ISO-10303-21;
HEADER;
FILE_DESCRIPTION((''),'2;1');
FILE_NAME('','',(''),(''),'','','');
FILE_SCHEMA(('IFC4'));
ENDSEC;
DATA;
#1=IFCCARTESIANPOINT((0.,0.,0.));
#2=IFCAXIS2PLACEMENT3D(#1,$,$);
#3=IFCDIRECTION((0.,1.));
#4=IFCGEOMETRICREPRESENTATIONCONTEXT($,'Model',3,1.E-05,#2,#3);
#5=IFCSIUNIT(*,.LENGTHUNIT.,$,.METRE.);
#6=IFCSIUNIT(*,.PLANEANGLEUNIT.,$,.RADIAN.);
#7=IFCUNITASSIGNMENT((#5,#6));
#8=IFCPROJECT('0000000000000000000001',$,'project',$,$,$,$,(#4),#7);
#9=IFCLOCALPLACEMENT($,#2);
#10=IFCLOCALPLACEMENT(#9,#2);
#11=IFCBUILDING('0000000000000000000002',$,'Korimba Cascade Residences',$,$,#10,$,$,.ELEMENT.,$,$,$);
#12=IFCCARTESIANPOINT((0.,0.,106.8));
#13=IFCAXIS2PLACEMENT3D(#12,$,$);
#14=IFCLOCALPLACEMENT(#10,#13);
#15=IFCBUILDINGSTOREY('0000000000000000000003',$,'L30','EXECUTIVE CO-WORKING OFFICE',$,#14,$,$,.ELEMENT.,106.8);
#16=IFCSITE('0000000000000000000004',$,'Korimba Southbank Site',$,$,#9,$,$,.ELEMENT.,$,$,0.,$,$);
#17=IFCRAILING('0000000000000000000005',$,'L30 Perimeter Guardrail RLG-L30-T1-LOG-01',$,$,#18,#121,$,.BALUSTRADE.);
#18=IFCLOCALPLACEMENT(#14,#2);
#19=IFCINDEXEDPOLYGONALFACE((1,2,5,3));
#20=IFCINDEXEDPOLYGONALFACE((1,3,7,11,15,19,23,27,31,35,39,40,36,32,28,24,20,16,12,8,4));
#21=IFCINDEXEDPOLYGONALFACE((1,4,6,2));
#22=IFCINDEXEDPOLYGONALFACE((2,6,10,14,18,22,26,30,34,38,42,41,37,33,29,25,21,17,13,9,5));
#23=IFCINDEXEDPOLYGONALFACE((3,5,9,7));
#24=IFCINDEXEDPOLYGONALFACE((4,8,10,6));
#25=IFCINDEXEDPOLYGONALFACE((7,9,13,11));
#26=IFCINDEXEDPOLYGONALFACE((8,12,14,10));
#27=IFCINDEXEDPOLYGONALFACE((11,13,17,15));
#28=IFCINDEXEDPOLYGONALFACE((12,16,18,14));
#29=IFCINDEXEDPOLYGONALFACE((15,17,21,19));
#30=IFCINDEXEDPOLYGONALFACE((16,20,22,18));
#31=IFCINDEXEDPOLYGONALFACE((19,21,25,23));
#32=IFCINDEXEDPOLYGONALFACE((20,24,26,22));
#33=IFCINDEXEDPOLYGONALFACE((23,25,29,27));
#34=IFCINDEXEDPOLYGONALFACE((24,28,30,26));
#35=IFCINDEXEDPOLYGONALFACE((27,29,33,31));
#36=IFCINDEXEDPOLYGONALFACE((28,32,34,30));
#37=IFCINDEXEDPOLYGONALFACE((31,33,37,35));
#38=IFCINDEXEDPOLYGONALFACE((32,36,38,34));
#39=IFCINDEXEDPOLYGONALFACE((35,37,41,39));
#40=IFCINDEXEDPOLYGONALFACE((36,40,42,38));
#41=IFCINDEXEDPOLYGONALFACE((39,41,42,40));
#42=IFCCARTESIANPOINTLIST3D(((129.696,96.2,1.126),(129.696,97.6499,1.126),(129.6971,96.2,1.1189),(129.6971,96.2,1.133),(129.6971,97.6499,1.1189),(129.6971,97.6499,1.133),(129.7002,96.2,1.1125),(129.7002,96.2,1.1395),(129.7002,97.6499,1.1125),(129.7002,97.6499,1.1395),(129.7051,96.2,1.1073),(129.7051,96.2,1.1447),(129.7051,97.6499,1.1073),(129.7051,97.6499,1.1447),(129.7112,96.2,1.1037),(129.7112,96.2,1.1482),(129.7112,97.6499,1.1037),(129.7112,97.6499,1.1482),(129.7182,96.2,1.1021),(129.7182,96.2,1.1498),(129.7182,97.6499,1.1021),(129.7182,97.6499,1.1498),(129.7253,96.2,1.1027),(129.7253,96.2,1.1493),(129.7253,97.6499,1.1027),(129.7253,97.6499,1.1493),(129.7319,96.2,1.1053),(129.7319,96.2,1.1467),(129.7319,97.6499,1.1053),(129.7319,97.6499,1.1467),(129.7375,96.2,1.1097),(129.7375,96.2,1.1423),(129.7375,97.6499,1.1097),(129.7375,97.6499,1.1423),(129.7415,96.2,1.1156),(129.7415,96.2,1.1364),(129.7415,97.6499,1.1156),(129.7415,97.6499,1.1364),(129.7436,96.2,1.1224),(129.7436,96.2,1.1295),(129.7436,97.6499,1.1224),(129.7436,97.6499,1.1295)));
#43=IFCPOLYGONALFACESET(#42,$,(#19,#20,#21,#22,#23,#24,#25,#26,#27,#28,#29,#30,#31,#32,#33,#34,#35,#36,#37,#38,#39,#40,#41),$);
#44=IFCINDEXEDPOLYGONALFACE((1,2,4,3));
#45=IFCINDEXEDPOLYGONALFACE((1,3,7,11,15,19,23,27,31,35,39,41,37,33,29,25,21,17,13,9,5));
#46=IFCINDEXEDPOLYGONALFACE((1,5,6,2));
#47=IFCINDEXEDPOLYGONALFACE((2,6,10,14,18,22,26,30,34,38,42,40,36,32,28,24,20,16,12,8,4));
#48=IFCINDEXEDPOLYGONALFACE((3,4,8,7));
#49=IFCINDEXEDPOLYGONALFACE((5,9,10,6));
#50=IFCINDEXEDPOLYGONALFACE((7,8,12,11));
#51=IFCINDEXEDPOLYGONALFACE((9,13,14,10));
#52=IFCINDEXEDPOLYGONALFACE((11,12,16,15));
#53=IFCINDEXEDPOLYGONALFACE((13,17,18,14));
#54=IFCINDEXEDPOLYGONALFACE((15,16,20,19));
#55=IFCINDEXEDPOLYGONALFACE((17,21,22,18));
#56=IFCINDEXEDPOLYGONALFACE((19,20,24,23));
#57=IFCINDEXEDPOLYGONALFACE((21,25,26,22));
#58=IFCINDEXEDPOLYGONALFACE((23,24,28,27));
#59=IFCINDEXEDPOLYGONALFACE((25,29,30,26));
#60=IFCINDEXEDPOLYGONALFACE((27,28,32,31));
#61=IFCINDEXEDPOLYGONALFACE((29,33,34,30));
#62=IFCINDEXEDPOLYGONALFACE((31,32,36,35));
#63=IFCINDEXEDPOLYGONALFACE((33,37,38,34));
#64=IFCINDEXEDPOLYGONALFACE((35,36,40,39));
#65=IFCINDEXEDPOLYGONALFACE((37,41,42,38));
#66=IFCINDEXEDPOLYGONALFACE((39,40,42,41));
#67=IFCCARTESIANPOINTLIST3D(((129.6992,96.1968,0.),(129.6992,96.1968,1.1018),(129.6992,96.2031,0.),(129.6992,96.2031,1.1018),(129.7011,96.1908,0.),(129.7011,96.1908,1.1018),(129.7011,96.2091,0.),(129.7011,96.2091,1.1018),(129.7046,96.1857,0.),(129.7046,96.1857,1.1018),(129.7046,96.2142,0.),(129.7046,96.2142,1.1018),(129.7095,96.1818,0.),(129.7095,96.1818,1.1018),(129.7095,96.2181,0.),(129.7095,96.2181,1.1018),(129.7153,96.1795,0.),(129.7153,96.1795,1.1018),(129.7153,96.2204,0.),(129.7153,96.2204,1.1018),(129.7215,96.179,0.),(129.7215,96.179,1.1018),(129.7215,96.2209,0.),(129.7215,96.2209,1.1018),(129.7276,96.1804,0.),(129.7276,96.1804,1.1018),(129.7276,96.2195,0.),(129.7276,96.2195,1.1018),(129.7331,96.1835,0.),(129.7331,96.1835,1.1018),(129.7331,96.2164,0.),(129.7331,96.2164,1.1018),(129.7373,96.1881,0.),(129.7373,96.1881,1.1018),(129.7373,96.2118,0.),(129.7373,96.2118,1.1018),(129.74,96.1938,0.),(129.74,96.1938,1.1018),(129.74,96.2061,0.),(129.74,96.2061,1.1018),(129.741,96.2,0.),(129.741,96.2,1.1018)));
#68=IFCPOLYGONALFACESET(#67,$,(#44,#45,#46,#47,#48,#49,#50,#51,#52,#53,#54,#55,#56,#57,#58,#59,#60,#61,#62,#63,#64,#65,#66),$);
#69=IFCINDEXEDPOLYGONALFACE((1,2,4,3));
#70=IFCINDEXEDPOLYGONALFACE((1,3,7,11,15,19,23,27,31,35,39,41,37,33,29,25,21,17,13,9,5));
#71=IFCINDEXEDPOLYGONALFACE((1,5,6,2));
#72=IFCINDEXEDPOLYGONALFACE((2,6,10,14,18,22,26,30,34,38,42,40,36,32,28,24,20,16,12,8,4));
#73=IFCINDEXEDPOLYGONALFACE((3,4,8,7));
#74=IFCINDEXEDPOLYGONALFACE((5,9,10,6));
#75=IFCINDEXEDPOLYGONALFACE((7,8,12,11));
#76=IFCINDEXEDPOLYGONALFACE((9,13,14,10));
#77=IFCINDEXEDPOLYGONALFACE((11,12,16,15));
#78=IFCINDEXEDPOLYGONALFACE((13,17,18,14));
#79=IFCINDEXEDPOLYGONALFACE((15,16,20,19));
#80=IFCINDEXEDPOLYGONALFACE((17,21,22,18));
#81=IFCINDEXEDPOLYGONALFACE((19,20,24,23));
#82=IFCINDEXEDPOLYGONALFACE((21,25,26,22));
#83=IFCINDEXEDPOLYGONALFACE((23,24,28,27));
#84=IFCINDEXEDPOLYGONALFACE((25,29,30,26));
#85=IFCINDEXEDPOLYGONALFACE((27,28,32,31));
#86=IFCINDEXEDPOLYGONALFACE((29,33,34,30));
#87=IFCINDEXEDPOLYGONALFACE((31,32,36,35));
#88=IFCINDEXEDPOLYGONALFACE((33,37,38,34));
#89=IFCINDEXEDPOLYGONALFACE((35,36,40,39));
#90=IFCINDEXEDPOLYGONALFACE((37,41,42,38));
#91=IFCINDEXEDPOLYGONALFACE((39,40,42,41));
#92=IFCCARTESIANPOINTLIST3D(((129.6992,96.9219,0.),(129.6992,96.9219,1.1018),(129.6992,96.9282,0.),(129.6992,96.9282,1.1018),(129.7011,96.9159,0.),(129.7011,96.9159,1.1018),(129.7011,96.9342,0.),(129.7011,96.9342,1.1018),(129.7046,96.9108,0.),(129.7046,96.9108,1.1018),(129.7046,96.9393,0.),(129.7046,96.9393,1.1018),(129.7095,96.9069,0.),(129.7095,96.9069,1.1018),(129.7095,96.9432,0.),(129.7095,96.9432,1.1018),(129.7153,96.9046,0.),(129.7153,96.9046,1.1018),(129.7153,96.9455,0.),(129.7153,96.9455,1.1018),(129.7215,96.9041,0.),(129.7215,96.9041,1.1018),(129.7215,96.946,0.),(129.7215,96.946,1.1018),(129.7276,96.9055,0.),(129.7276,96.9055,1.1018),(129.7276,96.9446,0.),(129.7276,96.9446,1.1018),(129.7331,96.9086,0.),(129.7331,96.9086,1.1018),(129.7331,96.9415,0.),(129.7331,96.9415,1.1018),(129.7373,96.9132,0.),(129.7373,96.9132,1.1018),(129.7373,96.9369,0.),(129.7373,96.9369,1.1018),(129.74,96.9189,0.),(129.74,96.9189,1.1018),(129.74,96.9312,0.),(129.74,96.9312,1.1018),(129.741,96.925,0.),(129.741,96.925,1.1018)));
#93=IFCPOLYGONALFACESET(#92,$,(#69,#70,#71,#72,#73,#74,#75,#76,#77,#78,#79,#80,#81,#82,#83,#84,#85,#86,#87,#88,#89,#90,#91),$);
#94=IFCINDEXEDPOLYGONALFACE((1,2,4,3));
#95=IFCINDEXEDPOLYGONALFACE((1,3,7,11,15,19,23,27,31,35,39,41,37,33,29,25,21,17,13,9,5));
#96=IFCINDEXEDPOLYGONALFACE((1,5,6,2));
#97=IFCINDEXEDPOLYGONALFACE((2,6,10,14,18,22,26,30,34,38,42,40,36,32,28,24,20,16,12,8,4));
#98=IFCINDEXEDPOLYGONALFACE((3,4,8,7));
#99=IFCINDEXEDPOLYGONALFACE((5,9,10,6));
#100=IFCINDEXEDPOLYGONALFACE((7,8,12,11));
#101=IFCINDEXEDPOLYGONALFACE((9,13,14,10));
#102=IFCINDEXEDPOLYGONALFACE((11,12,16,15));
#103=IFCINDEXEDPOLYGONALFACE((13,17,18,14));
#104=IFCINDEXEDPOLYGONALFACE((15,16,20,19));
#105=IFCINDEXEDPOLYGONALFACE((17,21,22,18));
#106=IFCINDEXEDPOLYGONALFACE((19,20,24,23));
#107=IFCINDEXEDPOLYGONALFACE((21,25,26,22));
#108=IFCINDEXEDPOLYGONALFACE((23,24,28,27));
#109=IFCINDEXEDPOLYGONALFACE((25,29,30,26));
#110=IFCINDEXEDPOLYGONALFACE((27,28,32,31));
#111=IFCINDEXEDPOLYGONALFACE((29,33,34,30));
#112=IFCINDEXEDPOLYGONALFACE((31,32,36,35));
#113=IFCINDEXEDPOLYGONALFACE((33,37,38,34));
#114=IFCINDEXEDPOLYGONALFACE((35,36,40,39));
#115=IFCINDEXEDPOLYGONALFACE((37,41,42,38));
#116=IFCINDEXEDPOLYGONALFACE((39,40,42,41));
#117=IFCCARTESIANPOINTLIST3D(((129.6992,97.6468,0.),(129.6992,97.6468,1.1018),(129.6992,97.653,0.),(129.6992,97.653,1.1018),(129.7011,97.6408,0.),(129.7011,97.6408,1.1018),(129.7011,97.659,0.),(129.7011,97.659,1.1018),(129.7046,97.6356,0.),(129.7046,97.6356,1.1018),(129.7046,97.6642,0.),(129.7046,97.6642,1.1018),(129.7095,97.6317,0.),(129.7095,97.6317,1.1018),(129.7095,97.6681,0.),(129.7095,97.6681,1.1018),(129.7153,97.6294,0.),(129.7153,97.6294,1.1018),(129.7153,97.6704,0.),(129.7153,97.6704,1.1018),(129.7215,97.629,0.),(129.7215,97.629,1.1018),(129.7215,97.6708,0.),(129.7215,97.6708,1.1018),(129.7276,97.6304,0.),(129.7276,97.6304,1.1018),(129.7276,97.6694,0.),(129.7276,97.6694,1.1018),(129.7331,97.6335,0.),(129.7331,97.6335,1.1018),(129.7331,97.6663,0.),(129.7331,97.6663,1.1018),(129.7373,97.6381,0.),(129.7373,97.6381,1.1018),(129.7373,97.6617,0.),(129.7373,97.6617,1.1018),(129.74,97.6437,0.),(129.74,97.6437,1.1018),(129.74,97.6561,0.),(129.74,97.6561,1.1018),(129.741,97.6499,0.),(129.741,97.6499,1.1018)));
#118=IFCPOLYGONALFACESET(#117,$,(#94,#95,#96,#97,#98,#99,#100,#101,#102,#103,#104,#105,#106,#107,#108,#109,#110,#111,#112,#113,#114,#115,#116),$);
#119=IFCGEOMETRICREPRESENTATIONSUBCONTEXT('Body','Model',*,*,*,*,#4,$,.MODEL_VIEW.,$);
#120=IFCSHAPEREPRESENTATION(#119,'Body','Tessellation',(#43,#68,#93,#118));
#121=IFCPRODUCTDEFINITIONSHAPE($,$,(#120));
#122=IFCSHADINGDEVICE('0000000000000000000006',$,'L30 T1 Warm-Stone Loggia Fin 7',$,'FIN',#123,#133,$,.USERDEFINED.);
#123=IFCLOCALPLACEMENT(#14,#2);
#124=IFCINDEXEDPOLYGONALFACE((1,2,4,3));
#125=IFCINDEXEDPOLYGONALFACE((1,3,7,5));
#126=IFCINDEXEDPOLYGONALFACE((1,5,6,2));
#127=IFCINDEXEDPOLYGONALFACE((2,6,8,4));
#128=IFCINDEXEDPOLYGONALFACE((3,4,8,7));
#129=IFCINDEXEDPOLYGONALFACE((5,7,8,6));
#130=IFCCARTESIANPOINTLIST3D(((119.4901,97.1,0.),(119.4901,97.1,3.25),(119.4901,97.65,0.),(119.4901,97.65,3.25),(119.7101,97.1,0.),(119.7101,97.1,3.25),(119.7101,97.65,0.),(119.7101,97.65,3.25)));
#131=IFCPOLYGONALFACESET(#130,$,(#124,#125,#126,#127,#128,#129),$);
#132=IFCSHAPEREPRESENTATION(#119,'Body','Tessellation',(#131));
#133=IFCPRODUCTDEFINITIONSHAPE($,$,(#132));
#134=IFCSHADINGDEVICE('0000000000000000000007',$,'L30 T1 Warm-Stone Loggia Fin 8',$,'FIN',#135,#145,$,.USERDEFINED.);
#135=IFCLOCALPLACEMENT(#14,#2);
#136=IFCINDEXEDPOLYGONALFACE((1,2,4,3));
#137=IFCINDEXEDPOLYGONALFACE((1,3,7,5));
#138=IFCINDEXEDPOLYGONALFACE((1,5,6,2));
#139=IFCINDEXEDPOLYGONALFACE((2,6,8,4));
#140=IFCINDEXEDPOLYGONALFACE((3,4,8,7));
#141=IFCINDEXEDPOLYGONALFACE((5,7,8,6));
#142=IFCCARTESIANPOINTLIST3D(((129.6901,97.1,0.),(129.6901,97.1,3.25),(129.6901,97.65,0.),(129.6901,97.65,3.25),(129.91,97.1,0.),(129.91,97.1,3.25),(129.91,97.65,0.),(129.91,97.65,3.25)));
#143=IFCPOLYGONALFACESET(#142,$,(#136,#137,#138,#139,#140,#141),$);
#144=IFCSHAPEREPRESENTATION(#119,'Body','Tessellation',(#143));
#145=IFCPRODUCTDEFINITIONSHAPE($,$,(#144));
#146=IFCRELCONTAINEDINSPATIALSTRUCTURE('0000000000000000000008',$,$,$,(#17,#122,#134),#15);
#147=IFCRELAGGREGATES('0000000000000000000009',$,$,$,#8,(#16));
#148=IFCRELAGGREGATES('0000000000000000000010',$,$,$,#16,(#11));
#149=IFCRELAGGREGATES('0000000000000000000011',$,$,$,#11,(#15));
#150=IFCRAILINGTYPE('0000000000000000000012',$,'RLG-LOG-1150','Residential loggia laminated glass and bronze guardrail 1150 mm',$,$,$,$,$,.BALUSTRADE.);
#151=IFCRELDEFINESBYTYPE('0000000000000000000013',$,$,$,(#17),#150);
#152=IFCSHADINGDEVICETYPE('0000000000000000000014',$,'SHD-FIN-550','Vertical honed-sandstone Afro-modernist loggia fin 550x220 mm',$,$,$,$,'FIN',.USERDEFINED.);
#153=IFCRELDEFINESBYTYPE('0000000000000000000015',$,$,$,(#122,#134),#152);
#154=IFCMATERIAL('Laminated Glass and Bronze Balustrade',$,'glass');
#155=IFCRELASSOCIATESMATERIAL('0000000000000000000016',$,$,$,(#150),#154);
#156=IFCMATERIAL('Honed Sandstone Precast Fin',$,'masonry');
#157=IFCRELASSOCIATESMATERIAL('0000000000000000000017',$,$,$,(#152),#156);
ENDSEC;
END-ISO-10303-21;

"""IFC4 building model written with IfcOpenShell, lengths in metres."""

from ifc_helpers import new_model, si_unit, direction, frame, origin, origin_2d, place, context, subcontext, project, spatial, rectangle, circle, extrude, material, type_object, element, save


model = new_model("IFC4")

# Units and contexts
model_context = context("Model", 3, precision=1e-05, world=origin(), true_north=direction((0.0, 1.0)))
body_context = subcontext(model_context, "Body", "Model", "MODEL_VIEW")
ifc_project = project(units=[si_unit("LENGTHUNIT", "METRE"), si_unit("PLANEANGLEUNIT", "RADIAN")], contexts=[model_context])

# Site, building, storey
site_placement = place(None, origin())
site = spatial("IfcSite", under=ifc_project, at=site_placement, Name="Korimba Southbank Site", CompositionType="ELEMENT", RefElevation=0.0)
building_placement = place(site_placement, origin())
building = spatial("IfcBuilding", under=site, at=building_placement, Name="Korimba Cascade Residences", CompositionType="ELEMENT")
storey_placement = place(building_placement, frame((0.0, 0.0, 106.8)))
storey = spatial("IfcBuildingStorey", under=building, at=storey_placement, Name="L30", Description="EXECUTIVE CO-WORKING OFFICE", CompositionType="ELEMENT", Elevation=106.8)

# Railing
ifc_material_1 = material(Name="Laminated Glass and Bronze Balustrade", Category="glass")
railing_type = type_object("IfcRailingType", Name="RLG-LOG-1150", Description="Residential loggia laminated glass and bronze guardrail 1150 mm", PredefinedType="BALUSTRADE", material=ifc_material_1)
railing_1_placement = place(storey_placement, frame((129.72, 96.2, 0.0)))
element("IfcRailing", 1, at=railing_1_placement, inside=storey, type_object=railing_type, Name="L30 Perimeter Guardrail RLG-L30-T1-LOG-01", PredefinedType="BALUSTRADE", context=body_context, shape_type="SweptSolid", body=[
    extrude(circle(Radius=0.0239, at=origin_2d()), frame((0.0, 0.0, 1.126), z_axis=(0.0, 1.0, 0.0), x_axis=(-1.0, 0.0, 0.0)), (0.0, 0.0, 1.0), 1.45),
    extrude(circle(Radius=0.021, at=origin_2d()), origin(), (0.0, 0.0, 1.0), 1.1018),
    extrude(circle(Radius=0.021, at=origin_2d()), frame((0.0, 0.7251, 0.0)), (0.0, 0.0, 1.0), 1.1018),
    extrude(circle(Radius=0.021, at=origin_2d()), frame((0.0, 1.45, 0.0)), (0.0, 0.0, 1.0), 1.1018),
])

# Shading devices
ifc_material_2 = material(Name="Honed Sandstone Precast Fin", Category="masonry")
shading_device_type = type_object("IfcShadingDeviceType", Name="SHD-FIN-550", Description="Vertical honed-sandstone Afro-modernist loggia fin 550x220 mm", ElementType="FIN", PredefinedType="USERDEFINED", material=ifc_material_2)
for number, where, z_axis, x_axis, name in (
    (2, (119.6001, 97.375, 0.0), (0.0, 0.0, 1.0), (1.0, 0.0, 0.0), "L30 T1 Warm-Stone Loggia Fin 7"),
    (3, (129.8, 97.375, 0.0), (0.0, 0.0, 1.0), (1.0, 0.0, 0.0), "L30 T1 Warm-Stone Loggia Fin 8"),
):
    element("IfcShadingDevice", number, at=place(storey_placement, frame(where, z_axis=z_axis, x_axis=x_axis)), inside=storey, type_object=shading_device_type, Name=name, ObjectType="FIN", PredefinedType="USERDEFINED", context=body_context, shape_type="SweptSolid", body=[
        extrude(rectangle(XDim=0.22, YDim=0.55, at=origin_2d()), origin(), (0.0, 0.0, 1.0), 3.25),
    ])

save(model, "model.ifc")
